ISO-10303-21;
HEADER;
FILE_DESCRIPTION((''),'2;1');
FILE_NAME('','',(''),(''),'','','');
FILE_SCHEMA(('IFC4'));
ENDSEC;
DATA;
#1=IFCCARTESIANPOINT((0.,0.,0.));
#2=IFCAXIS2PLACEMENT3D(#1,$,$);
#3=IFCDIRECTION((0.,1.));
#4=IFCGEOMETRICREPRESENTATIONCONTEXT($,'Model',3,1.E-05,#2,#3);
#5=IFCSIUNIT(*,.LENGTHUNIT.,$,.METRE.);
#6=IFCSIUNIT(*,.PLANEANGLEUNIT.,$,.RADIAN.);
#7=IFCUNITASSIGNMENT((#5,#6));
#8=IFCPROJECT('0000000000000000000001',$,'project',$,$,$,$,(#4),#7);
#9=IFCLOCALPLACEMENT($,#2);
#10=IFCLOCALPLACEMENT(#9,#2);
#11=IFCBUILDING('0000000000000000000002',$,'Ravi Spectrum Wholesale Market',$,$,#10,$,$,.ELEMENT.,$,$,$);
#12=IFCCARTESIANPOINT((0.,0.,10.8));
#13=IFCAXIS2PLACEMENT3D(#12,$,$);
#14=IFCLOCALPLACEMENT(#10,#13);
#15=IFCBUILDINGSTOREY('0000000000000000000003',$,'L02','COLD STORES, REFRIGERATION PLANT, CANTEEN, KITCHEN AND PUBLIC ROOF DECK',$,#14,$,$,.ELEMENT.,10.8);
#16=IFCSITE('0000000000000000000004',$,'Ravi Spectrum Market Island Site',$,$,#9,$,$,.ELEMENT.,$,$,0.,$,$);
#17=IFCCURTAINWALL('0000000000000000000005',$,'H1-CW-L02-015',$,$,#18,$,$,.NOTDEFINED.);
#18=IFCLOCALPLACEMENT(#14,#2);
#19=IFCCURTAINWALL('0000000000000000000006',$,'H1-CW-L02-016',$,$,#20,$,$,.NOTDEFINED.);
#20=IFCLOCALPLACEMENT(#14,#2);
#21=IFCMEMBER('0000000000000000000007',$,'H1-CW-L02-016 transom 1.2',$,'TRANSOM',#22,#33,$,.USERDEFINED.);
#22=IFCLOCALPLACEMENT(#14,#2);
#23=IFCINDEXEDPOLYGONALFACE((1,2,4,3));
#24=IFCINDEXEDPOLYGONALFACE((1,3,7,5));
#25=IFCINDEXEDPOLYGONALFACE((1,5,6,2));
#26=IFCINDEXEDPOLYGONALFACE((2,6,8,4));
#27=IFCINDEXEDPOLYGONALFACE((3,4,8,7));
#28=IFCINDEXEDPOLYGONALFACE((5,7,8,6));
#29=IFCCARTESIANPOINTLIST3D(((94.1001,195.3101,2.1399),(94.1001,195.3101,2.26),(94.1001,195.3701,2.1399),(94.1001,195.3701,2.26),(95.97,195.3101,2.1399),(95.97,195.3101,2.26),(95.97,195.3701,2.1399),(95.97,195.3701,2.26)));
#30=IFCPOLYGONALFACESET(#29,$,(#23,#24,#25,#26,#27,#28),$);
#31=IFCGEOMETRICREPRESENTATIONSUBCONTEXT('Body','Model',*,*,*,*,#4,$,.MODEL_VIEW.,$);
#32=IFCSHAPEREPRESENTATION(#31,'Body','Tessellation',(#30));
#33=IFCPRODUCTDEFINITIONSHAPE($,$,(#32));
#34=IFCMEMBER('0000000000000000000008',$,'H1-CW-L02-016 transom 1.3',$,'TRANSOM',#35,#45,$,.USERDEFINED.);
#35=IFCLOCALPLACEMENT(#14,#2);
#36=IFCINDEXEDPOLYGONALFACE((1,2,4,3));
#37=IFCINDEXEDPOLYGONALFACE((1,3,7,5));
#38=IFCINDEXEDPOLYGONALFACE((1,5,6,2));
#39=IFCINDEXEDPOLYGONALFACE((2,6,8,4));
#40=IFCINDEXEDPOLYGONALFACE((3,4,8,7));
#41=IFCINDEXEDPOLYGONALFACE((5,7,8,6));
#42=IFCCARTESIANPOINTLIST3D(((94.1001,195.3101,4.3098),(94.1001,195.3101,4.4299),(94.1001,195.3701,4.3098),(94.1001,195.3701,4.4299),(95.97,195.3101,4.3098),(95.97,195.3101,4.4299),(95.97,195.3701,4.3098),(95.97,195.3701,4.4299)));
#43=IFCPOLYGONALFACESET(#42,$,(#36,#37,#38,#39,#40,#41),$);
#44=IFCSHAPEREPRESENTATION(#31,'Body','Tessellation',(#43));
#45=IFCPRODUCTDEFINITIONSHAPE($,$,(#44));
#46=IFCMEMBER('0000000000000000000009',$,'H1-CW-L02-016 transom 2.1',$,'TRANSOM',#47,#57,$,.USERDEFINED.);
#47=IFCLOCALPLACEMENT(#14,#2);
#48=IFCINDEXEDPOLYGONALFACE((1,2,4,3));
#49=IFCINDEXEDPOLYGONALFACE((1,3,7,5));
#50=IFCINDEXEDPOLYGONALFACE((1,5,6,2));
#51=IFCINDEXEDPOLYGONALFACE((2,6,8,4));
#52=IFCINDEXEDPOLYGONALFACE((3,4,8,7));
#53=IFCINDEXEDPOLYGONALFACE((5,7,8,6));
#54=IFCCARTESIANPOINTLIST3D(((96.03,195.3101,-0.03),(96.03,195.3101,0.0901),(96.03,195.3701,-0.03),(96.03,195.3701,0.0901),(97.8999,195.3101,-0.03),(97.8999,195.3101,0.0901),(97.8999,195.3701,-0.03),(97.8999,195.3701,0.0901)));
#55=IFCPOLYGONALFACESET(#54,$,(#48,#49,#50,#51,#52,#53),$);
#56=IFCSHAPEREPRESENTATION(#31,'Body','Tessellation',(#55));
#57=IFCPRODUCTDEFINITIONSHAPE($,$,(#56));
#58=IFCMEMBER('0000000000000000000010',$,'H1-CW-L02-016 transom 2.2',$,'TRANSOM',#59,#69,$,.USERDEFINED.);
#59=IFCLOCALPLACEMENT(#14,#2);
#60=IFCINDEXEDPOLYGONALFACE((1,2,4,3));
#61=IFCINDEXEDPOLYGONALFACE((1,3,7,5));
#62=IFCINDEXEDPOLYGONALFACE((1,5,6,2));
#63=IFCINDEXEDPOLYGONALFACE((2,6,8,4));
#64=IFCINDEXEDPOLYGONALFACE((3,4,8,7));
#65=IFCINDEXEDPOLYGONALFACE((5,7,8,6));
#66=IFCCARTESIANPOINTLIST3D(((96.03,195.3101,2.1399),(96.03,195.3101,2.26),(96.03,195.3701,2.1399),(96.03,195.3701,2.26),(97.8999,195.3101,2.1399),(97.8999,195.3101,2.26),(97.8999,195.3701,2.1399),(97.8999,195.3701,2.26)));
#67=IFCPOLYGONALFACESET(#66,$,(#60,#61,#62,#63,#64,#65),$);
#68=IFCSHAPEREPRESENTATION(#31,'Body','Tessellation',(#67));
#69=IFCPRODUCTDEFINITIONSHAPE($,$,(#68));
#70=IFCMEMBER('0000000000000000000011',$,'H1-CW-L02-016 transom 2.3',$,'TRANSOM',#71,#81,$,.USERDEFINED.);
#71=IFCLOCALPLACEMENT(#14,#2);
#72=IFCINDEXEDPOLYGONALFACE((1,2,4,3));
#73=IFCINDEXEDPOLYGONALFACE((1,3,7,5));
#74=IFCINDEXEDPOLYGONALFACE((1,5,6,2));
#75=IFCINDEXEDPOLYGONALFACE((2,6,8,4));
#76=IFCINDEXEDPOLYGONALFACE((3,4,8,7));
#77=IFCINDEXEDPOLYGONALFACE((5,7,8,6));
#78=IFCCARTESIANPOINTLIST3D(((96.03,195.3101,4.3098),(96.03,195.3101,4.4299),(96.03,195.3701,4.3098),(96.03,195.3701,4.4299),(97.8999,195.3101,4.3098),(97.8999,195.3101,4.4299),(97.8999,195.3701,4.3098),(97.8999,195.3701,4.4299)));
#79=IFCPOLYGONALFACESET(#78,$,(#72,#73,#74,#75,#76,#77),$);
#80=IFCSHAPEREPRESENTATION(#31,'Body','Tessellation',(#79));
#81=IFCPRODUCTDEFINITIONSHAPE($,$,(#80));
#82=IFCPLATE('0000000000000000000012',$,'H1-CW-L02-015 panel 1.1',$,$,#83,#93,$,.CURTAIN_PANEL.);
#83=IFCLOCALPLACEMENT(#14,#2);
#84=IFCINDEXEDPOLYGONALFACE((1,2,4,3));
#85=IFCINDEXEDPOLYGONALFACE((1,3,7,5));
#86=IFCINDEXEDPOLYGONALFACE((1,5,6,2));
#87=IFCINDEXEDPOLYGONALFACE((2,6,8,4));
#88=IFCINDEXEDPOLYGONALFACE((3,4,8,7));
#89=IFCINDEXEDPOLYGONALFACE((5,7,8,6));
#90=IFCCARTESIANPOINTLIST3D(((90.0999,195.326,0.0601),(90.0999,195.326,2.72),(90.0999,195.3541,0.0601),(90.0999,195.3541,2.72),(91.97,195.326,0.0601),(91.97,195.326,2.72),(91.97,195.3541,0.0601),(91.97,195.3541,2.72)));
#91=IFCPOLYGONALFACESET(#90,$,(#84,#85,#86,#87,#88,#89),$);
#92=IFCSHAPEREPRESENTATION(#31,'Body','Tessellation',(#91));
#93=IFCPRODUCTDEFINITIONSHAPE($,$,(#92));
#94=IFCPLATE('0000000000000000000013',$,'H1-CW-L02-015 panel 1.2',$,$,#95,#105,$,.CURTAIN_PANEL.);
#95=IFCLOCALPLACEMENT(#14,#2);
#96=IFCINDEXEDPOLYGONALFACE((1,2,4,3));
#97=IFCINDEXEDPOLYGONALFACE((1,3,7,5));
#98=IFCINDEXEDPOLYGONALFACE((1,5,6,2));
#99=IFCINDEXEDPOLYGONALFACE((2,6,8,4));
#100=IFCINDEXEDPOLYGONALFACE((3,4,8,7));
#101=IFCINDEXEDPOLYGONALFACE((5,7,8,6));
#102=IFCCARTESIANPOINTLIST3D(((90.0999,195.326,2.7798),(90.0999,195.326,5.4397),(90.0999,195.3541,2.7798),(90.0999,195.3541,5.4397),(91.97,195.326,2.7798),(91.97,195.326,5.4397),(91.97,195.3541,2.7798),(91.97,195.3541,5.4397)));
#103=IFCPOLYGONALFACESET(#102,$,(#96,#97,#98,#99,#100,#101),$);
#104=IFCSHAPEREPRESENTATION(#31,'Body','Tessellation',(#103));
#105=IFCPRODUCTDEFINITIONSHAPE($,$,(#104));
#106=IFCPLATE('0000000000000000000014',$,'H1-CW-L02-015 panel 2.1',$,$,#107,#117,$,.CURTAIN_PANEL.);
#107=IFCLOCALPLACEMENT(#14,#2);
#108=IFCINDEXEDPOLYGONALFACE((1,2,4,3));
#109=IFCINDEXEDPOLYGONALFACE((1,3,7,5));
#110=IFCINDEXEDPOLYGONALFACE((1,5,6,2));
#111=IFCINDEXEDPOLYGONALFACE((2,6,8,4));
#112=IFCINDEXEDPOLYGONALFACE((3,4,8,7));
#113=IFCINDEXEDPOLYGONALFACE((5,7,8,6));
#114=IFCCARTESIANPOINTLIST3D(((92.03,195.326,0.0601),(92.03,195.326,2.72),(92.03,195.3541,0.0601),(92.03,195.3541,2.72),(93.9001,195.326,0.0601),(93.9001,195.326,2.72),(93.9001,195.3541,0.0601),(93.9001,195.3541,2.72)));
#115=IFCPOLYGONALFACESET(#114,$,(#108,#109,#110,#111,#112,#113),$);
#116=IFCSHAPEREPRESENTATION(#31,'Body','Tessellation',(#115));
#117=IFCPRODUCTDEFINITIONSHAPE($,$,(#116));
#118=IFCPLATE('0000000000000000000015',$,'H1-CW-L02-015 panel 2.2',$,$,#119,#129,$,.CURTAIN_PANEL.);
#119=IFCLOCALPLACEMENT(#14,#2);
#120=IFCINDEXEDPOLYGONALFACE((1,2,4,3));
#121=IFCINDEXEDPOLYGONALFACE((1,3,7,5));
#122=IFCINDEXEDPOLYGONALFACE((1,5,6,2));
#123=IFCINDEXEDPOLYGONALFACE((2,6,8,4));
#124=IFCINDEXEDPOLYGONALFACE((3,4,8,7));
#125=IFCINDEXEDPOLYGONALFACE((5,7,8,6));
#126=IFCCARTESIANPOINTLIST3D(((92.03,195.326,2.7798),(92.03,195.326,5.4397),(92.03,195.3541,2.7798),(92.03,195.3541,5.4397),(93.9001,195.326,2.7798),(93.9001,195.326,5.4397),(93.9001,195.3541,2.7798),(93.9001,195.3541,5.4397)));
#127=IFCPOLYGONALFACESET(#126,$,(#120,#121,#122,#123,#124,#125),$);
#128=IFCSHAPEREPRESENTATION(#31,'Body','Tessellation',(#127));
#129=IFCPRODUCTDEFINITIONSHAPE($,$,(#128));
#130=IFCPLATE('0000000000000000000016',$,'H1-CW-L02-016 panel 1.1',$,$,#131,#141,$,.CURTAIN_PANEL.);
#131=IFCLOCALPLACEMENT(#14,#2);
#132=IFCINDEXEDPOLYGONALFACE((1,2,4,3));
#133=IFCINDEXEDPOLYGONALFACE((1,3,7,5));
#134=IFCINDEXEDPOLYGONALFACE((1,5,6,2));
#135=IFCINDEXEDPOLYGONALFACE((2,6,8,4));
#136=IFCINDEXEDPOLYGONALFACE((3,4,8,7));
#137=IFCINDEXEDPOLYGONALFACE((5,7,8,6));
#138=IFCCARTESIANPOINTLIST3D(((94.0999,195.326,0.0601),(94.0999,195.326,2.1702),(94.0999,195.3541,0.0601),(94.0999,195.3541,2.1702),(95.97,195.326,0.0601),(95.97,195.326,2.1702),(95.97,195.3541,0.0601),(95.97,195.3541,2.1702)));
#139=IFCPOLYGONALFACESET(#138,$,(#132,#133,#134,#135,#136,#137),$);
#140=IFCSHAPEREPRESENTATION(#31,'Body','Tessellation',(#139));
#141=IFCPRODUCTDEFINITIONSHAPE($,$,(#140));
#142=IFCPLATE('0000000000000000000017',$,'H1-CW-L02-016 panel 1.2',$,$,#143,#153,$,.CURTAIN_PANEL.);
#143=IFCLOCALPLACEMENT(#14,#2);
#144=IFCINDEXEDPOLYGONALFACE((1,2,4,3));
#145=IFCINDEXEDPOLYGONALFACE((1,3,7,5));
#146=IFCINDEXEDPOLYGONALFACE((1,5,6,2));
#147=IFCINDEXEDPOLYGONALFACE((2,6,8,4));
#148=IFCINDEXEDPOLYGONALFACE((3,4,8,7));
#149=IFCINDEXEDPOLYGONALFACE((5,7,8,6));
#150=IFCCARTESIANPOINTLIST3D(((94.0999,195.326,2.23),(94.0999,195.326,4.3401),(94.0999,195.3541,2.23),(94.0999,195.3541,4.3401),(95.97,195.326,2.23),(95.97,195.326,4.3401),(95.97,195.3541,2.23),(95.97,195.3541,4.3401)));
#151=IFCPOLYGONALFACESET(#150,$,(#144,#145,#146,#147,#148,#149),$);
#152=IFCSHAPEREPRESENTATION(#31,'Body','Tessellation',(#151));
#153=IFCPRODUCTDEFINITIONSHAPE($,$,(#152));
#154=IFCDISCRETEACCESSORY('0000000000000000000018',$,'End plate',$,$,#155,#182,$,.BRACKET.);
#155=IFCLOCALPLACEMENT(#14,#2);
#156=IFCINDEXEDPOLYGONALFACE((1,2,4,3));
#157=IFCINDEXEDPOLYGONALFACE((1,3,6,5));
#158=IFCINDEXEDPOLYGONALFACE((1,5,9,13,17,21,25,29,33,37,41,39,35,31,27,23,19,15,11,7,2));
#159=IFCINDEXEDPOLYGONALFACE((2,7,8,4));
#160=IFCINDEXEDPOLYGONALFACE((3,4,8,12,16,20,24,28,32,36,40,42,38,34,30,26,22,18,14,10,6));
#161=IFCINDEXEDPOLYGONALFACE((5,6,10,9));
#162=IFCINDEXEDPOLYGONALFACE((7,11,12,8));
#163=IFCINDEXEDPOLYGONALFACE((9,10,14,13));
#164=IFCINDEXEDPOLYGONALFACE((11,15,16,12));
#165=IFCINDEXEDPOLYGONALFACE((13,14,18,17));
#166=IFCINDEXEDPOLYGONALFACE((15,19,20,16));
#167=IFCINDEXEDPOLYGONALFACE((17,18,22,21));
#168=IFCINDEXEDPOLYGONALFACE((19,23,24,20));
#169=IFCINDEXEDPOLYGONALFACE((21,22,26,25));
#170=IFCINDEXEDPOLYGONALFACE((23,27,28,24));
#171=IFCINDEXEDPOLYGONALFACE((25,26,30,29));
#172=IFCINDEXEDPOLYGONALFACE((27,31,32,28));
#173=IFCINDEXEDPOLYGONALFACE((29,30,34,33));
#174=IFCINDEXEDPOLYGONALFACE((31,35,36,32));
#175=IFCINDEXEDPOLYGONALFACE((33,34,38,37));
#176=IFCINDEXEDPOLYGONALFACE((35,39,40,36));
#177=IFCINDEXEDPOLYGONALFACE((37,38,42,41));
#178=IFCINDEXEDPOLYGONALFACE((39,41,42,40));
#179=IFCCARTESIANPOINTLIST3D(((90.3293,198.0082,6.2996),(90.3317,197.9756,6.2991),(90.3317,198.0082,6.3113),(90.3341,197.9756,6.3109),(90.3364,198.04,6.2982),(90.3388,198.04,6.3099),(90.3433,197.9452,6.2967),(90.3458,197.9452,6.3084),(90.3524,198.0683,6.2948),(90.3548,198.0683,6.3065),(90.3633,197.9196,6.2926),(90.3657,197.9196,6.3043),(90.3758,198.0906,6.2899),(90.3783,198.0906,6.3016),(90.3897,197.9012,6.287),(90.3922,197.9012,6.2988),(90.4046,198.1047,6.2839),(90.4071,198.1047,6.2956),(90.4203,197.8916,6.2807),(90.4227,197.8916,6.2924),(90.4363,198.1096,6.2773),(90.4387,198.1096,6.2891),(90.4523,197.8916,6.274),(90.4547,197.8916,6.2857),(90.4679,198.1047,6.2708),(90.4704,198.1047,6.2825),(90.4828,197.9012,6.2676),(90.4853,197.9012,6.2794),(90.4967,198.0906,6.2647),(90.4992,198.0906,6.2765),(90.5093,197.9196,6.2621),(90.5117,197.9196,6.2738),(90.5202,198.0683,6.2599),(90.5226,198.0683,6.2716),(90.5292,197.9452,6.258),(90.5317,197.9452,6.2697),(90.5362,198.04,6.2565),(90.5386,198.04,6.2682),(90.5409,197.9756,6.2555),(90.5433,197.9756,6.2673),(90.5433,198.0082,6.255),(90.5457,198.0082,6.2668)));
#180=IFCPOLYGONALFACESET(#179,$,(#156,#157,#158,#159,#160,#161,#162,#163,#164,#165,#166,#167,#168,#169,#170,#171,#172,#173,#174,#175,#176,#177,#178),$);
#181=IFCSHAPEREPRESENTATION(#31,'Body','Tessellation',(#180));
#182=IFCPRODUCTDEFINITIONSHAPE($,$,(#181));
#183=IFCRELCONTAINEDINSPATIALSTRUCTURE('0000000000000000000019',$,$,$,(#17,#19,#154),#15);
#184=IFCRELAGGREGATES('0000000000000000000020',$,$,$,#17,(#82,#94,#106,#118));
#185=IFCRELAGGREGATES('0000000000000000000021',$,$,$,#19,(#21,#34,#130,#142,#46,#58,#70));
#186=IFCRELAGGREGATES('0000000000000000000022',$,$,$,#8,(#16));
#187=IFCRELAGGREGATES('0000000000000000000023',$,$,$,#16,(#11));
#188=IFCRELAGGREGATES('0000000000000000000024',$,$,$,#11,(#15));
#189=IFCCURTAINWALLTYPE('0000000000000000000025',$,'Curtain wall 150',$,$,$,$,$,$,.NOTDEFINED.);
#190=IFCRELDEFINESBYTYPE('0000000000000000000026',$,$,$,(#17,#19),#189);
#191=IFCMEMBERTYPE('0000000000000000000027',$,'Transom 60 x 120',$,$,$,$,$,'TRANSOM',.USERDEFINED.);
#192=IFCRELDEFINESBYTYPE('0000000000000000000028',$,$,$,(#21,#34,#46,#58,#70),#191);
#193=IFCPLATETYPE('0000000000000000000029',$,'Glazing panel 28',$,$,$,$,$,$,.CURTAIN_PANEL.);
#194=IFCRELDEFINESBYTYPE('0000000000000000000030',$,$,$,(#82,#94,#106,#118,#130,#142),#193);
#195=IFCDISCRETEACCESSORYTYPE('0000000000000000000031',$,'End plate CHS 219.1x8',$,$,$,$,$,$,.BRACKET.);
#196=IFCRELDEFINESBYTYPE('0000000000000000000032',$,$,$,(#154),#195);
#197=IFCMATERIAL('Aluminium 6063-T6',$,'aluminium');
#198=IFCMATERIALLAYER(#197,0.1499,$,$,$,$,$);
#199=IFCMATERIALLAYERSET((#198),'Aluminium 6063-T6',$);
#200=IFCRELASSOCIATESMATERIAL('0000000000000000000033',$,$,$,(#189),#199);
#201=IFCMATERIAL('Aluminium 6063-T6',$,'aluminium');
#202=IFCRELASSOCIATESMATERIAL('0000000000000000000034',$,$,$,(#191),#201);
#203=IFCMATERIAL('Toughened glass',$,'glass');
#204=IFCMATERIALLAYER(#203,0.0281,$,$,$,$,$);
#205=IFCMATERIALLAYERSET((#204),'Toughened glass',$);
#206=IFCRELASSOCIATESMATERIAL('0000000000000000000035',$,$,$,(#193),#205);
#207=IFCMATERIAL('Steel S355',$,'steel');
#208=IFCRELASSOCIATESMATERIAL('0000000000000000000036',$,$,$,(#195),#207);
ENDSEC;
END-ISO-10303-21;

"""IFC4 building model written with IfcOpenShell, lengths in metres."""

from ifc_helpers import new_model, si_unit, direction, frame, origin, origin_2d, place, context, subcontext, project, spatial, rectangle, circle, extrude, material, layer, layer_set, material_profile, profile_set, type_object, element, aggregate, save


model = new_model("IFC4")

# Units and contexts
model_context = context("Model", 3, precision=1e-05, world=origin(), true_north=direction((0.0, 1.0)))
body_context = subcontext(model_context, "Body", "Model", "MODEL_VIEW")
ifc_project = project(units=[si_unit("LENGTHUNIT", "METRE"), si_unit("PLANEANGLEUNIT", "RADIAN")], contexts=[model_context])

# Site, building, storey
site_placement = place(None, origin())
site = spatial("IfcSite", under=ifc_project, at=site_placement, Name="Ravi Spectrum Market Island Site", CompositionType="ELEMENT", RefElevation=0.0)
building_placement = place(site_placement, origin())
building = spatial("IfcBuilding", under=site, at=building_placement, Name="Ravi Spectrum Wholesale Market", CompositionType="ELEMENT")
storey_placement = place(building_placement, frame((0.0, 0.0, 10.8)))
storey = spatial("IfcBuildingStorey", under=building, at=storey_placement, Name="L02", Description="COLD STORES, REFRIGERATION PLANT, CANTEEN, KITCHEN AND PUBLIC ROOF DECK", CompositionType="ELEMENT", Elevation=10.8)

# Curtain walls
ifc_material_1 = material(Name="Aluminium 6063-T6", Category="aluminium")
ifc_layer_1 = layer(ifc_material_1, 0.1499)
ifc_layer_set_1 = layer_set([ifc_layer_1], Name="Aluminium 6063-T6")
curtain_wall_type = type_object("IfcCurtainWallType", Name="Curtain wall 150", PredefinedType="NOTDEFINED", material=ifc_layer_set_1)
curtain_wall_1_placement = place(storey_placement, origin())
curtain_wall_1 = element("IfcCurtainWall", 1, at=curtain_wall_1_placement, inside=storey, type_object=curtain_wall_type, Name="H1-CW-L02-015", PredefinedType="NOTDEFINED")
curtain_wall_2_placement = place(storey_placement, origin())
curtain_wall_2 = element("IfcCurtainWall", 2, at=curtain_wall_2_placement, inside=storey, type_object=curtain_wall_type, Name="H1-CW-L02-016", PredefinedType="NOTDEFINED")

# Members
ifc_material_2 = material(Name="Aluminium 6063-T6", Category="aluminium")
ifc_material_profile_1 = material_profile(ifc_material_2, rectangle(XDim=0.0601, YDim=0.1201, at=origin_2d()))
ifc_profile_set_1 = profile_set([ifc_material_profile_1], Name="Aluminium 6063-T6")
member_type_1 = type_object("IfcMemberType", Name="Transom 60 x 120", ElementType="TRANSOM", PredefinedType="USERDEFINED", material=ifc_profile_set_1)
member_1_placement = place(storey_placement, frame((94.1001, 195.3401, 2.2), z_axis=(1.0, 0.0, 0.0), x_axis=(0.0, 1.0, 0.0)))
member_1 = element("IfcMember", 3, at=member_1_placement, type_object=member_type_1, Name="H1-CW-L02-016 transom 1.2", ObjectType="TRANSOM", PredefinedType="USERDEFINED", context=body_context, shape_type="SweptSolid", body=[
    extrude(rectangle(XDim=0.0601, YDim=0.1201, at=origin_2d()), origin(), (0.0, 0.0, 1.0), 1.8699),
])
member_2_placement = place(storey_placement, frame((94.1001, 195.3401, 4.3699), z_axis=(1.0, 0.0, 0.0), x_axis=(0.0, 1.0, 0.0)))
member_2 = element("IfcMember", 4, at=member_2_placement, type_object=member_type_1, Name="H1-CW-L02-016 transom 1.3", ObjectType="TRANSOM", PredefinedType="USERDEFINED", context=body_context, shape_type="SweptSolid", body=[
    extrude(rectangle(XDim=0.0601, YDim=0.1201, at=origin_2d()), origin(), (0.0, 0.0, 1.0), 1.8699),
])
member_3_placement = place(storey_placement, frame((96.03, 195.3401, 0.03), z_axis=(1.0, 0.0, 0.0), x_axis=(0.0, 1.0, 0.0)))
member_3 = element("IfcMember", 5, at=member_3_placement, type_object=member_type_1, Name="H1-CW-L02-016 transom 2.1", ObjectType="TRANSOM", PredefinedType="USERDEFINED", context=body_context, shape_type="SweptSolid", body=[
    extrude(rectangle(XDim=0.0601, YDim=0.1201, at=origin_2d()), origin(), (0.0, 0.0, 1.0), 1.8699),
])
member_4_placement = place(storey_placement, frame((96.03, 195.3401, 2.2), z_axis=(1.0, 0.0, 0.0), x_axis=(0.0, 1.0, 0.0)))
member_4 = element("IfcMember", 6, at=member_4_placement, type_object=member_type_1, Name="H1-CW-L02-016 transom 2.2", ObjectType="TRANSOM", PredefinedType="USERDEFINED", context=body_context, shape_type="SweptSolid", body=[
    extrude(rectangle(XDim=0.0601, YDim=0.1201, at=origin_2d()), origin(), (0.0, 0.0, 1.0), 1.8699),
])
member_5_placement = place(storey_placement, frame((96.03, 195.3401, 4.3699), z_axis=(1.0, 0.0, 0.0), x_axis=(0.0, 1.0, 0.0)))
member_5 = element("IfcMember", 7, at=member_5_placement, type_object=member_type_1, Name="H1-CW-L02-016 transom 2.3", ObjectType="TRANSOM", PredefinedType="USERDEFINED", context=body_context, shape_type="SweptSolid", body=[
    extrude(rectangle(XDim=0.0601, YDim=0.1201, at=origin_2d()), origin(), (0.0, 0.0, 1.0), 1.8699),
])

# Plates
ifc_material_3 = material(Name="Toughened glass", Category="glass")
ifc_layer_2 = layer(ifc_material_3, 0.0281)
ifc_layer_set_2 = layer_set([ifc_layer_2], Name="Toughened glass")
plate_type = type_object("IfcPlateType", Name="Glazing panel 28", PredefinedType="CURTAIN_PANEL", material=ifc_layer_set_2)
plate_1_placement = place(storey_placement, frame((91.0349, 195.3401, 0.0601), z_axis=(0.0, 0.0, 1.0), x_axis=(1.0, 0.0, 0.0)))
plate_1 = element("IfcPlate", 8, at=plate_1_placement, type_object=plate_type, Name="H1-CW-L02-015 panel 1.1", PredefinedType="CURTAIN_PANEL", context=body_context, shape_type="SweptSolid", body=[
    extrude(rectangle(XDim=1.8701, YDim=0.0281, at=origin_2d()), origin(), (0.0, 0.0, 1.0), 2.6599),
])
plate_2_placement = place(storey_placement, frame((91.0349, 195.3401, 2.7798), z_axis=(0.0, 0.0, 1.0), x_axis=(1.0, 0.0, 0.0)))
plate_2 = element("IfcPlate", 9, at=plate_2_placement, type_object=plate_type, Name="H1-CW-L02-015 panel 1.2", PredefinedType="CURTAIN_PANEL", context=body_context, shape_type="SweptSolid", body=[
    extrude(rectangle(XDim=1.8701, YDim=0.0281, at=origin_2d()), origin(), (0.0, 0.0, 1.0), 2.6599),
])
plate_3_placement = place(storey_placement, frame((92.9651, 195.3401, 0.0601), z_axis=(0.0, 0.0, 1.0), x_axis=(1.0, 0.0, 0.0)))
plate_3 = element("IfcPlate", 10, at=plate_3_placement, type_object=plate_type, Name="H1-CW-L02-015 panel 2.1", PredefinedType="CURTAIN_PANEL", context=body_context, shape_type="SweptSolid", body=[
    extrude(rectangle(XDim=1.8701, YDim=0.0281, at=origin_2d()), origin(), (0.0, 0.0, 1.0), 2.6599),
])
plate_4_placement = place(storey_placement, frame((92.9651, 195.3401, 2.7798), z_axis=(0.0, 0.0, 1.0), x_axis=(1.0, 0.0, 0.0)))
plate_4 = element("IfcPlate", 11, at=plate_4_placement, type_object=plate_type, Name="H1-CW-L02-015 panel 2.2", PredefinedType="CURTAIN_PANEL", context=body_context, shape_type="SweptSolid", body=[
    extrude(rectangle(XDim=1.8701, YDim=0.0281, at=origin_2d()), origin(), (0.0, 0.0, 1.0), 2.6599),
])
aggregate(curtain_wall_1, [plate_1, plate_2, plate_3, plate_4])
plate_5_placement = place(storey_placement, frame((95.0349, 195.3401, 0.0601), z_axis=(0.0, 0.0, 1.0), x_axis=(1.0, 0.0, 0.0)))
plate_5 = element("IfcPlate", 12, at=plate_5_placement, type_object=plate_type, Name="H1-CW-L02-016 panel 1.1", PredefinedType="CURTAIN_PANEL", context=body_context, shape_type="SweptSolid", body=[
    extrude(rectangle(XDim=1.8701, YDim=0.0281, at=origin_2d()), origin(), (0.0, 0.0, 1.0), 2.1101),
])
plate_6_placement = place(storey_placement, frame((95.0349, 195.3401, 2.23), z_axis=(0.0, 0.0, 1.0), x_axis=(1.0, 0.0, 0.0)))
plate_6 = element("IfcPlate", 13, at=plate_6_placement, type_object=plate_type, Name="H1-CW-L02-016 panel 1.2", PredefinedType="CURTAIN_PANEL", context=body_context, shape_type="SweptSolid", body=[
    extrude(rectangle(XDim=1.8701, YDim=0.0281, at=origin_2d()), origin(), (0.0, 0.0, 1.0), 2.1101),
])
aggregate(curtain_wall_2, [member_1, member_2, plate_5, plate_6, member_3, member_4, member_5])

# Discrete accessory
ifc_material_4 = material(Name="Steel S355", Category="steel")
ifc_material_profile_2 = material_profile(ifc_material_4, circle(Radius=0.1096, at=origin_2d()))
ifc_profile_set_2 = profile_set([ifc_material_profile_2], Name="Steel S355")
discrete_accessory_type_1 = type_object("IfcDiscreteAccessoryType", Name="End plate CHS 219.1x8", PredefinedType="BRACKET", material=ifc_profile_set_2)
for number, where, z_axis, x_axis, name in (
    (14, (90.4363, 198.0, 6.2773), (0.203954, 0.0, 0.97898), (0.0, 1.0, 0.0), "End plate"),
):
    element("IfcDiscreteAccessory", number, at=place(storey_placement, frame(where, z_axis=z_axis, x_axis=x_axis)), inside=storey, type_object=discrete_accessory_type_1, Name=name, PredefinedType="BRACKET", context=body_context, shape_type="SweptSolid", body=[
        extrude(circle(Radius=0.1096, at=origin_2d()), origin(), (0.0, 0.0, 1.0), 0.012),
    ])

save(model, "model.ifc")
